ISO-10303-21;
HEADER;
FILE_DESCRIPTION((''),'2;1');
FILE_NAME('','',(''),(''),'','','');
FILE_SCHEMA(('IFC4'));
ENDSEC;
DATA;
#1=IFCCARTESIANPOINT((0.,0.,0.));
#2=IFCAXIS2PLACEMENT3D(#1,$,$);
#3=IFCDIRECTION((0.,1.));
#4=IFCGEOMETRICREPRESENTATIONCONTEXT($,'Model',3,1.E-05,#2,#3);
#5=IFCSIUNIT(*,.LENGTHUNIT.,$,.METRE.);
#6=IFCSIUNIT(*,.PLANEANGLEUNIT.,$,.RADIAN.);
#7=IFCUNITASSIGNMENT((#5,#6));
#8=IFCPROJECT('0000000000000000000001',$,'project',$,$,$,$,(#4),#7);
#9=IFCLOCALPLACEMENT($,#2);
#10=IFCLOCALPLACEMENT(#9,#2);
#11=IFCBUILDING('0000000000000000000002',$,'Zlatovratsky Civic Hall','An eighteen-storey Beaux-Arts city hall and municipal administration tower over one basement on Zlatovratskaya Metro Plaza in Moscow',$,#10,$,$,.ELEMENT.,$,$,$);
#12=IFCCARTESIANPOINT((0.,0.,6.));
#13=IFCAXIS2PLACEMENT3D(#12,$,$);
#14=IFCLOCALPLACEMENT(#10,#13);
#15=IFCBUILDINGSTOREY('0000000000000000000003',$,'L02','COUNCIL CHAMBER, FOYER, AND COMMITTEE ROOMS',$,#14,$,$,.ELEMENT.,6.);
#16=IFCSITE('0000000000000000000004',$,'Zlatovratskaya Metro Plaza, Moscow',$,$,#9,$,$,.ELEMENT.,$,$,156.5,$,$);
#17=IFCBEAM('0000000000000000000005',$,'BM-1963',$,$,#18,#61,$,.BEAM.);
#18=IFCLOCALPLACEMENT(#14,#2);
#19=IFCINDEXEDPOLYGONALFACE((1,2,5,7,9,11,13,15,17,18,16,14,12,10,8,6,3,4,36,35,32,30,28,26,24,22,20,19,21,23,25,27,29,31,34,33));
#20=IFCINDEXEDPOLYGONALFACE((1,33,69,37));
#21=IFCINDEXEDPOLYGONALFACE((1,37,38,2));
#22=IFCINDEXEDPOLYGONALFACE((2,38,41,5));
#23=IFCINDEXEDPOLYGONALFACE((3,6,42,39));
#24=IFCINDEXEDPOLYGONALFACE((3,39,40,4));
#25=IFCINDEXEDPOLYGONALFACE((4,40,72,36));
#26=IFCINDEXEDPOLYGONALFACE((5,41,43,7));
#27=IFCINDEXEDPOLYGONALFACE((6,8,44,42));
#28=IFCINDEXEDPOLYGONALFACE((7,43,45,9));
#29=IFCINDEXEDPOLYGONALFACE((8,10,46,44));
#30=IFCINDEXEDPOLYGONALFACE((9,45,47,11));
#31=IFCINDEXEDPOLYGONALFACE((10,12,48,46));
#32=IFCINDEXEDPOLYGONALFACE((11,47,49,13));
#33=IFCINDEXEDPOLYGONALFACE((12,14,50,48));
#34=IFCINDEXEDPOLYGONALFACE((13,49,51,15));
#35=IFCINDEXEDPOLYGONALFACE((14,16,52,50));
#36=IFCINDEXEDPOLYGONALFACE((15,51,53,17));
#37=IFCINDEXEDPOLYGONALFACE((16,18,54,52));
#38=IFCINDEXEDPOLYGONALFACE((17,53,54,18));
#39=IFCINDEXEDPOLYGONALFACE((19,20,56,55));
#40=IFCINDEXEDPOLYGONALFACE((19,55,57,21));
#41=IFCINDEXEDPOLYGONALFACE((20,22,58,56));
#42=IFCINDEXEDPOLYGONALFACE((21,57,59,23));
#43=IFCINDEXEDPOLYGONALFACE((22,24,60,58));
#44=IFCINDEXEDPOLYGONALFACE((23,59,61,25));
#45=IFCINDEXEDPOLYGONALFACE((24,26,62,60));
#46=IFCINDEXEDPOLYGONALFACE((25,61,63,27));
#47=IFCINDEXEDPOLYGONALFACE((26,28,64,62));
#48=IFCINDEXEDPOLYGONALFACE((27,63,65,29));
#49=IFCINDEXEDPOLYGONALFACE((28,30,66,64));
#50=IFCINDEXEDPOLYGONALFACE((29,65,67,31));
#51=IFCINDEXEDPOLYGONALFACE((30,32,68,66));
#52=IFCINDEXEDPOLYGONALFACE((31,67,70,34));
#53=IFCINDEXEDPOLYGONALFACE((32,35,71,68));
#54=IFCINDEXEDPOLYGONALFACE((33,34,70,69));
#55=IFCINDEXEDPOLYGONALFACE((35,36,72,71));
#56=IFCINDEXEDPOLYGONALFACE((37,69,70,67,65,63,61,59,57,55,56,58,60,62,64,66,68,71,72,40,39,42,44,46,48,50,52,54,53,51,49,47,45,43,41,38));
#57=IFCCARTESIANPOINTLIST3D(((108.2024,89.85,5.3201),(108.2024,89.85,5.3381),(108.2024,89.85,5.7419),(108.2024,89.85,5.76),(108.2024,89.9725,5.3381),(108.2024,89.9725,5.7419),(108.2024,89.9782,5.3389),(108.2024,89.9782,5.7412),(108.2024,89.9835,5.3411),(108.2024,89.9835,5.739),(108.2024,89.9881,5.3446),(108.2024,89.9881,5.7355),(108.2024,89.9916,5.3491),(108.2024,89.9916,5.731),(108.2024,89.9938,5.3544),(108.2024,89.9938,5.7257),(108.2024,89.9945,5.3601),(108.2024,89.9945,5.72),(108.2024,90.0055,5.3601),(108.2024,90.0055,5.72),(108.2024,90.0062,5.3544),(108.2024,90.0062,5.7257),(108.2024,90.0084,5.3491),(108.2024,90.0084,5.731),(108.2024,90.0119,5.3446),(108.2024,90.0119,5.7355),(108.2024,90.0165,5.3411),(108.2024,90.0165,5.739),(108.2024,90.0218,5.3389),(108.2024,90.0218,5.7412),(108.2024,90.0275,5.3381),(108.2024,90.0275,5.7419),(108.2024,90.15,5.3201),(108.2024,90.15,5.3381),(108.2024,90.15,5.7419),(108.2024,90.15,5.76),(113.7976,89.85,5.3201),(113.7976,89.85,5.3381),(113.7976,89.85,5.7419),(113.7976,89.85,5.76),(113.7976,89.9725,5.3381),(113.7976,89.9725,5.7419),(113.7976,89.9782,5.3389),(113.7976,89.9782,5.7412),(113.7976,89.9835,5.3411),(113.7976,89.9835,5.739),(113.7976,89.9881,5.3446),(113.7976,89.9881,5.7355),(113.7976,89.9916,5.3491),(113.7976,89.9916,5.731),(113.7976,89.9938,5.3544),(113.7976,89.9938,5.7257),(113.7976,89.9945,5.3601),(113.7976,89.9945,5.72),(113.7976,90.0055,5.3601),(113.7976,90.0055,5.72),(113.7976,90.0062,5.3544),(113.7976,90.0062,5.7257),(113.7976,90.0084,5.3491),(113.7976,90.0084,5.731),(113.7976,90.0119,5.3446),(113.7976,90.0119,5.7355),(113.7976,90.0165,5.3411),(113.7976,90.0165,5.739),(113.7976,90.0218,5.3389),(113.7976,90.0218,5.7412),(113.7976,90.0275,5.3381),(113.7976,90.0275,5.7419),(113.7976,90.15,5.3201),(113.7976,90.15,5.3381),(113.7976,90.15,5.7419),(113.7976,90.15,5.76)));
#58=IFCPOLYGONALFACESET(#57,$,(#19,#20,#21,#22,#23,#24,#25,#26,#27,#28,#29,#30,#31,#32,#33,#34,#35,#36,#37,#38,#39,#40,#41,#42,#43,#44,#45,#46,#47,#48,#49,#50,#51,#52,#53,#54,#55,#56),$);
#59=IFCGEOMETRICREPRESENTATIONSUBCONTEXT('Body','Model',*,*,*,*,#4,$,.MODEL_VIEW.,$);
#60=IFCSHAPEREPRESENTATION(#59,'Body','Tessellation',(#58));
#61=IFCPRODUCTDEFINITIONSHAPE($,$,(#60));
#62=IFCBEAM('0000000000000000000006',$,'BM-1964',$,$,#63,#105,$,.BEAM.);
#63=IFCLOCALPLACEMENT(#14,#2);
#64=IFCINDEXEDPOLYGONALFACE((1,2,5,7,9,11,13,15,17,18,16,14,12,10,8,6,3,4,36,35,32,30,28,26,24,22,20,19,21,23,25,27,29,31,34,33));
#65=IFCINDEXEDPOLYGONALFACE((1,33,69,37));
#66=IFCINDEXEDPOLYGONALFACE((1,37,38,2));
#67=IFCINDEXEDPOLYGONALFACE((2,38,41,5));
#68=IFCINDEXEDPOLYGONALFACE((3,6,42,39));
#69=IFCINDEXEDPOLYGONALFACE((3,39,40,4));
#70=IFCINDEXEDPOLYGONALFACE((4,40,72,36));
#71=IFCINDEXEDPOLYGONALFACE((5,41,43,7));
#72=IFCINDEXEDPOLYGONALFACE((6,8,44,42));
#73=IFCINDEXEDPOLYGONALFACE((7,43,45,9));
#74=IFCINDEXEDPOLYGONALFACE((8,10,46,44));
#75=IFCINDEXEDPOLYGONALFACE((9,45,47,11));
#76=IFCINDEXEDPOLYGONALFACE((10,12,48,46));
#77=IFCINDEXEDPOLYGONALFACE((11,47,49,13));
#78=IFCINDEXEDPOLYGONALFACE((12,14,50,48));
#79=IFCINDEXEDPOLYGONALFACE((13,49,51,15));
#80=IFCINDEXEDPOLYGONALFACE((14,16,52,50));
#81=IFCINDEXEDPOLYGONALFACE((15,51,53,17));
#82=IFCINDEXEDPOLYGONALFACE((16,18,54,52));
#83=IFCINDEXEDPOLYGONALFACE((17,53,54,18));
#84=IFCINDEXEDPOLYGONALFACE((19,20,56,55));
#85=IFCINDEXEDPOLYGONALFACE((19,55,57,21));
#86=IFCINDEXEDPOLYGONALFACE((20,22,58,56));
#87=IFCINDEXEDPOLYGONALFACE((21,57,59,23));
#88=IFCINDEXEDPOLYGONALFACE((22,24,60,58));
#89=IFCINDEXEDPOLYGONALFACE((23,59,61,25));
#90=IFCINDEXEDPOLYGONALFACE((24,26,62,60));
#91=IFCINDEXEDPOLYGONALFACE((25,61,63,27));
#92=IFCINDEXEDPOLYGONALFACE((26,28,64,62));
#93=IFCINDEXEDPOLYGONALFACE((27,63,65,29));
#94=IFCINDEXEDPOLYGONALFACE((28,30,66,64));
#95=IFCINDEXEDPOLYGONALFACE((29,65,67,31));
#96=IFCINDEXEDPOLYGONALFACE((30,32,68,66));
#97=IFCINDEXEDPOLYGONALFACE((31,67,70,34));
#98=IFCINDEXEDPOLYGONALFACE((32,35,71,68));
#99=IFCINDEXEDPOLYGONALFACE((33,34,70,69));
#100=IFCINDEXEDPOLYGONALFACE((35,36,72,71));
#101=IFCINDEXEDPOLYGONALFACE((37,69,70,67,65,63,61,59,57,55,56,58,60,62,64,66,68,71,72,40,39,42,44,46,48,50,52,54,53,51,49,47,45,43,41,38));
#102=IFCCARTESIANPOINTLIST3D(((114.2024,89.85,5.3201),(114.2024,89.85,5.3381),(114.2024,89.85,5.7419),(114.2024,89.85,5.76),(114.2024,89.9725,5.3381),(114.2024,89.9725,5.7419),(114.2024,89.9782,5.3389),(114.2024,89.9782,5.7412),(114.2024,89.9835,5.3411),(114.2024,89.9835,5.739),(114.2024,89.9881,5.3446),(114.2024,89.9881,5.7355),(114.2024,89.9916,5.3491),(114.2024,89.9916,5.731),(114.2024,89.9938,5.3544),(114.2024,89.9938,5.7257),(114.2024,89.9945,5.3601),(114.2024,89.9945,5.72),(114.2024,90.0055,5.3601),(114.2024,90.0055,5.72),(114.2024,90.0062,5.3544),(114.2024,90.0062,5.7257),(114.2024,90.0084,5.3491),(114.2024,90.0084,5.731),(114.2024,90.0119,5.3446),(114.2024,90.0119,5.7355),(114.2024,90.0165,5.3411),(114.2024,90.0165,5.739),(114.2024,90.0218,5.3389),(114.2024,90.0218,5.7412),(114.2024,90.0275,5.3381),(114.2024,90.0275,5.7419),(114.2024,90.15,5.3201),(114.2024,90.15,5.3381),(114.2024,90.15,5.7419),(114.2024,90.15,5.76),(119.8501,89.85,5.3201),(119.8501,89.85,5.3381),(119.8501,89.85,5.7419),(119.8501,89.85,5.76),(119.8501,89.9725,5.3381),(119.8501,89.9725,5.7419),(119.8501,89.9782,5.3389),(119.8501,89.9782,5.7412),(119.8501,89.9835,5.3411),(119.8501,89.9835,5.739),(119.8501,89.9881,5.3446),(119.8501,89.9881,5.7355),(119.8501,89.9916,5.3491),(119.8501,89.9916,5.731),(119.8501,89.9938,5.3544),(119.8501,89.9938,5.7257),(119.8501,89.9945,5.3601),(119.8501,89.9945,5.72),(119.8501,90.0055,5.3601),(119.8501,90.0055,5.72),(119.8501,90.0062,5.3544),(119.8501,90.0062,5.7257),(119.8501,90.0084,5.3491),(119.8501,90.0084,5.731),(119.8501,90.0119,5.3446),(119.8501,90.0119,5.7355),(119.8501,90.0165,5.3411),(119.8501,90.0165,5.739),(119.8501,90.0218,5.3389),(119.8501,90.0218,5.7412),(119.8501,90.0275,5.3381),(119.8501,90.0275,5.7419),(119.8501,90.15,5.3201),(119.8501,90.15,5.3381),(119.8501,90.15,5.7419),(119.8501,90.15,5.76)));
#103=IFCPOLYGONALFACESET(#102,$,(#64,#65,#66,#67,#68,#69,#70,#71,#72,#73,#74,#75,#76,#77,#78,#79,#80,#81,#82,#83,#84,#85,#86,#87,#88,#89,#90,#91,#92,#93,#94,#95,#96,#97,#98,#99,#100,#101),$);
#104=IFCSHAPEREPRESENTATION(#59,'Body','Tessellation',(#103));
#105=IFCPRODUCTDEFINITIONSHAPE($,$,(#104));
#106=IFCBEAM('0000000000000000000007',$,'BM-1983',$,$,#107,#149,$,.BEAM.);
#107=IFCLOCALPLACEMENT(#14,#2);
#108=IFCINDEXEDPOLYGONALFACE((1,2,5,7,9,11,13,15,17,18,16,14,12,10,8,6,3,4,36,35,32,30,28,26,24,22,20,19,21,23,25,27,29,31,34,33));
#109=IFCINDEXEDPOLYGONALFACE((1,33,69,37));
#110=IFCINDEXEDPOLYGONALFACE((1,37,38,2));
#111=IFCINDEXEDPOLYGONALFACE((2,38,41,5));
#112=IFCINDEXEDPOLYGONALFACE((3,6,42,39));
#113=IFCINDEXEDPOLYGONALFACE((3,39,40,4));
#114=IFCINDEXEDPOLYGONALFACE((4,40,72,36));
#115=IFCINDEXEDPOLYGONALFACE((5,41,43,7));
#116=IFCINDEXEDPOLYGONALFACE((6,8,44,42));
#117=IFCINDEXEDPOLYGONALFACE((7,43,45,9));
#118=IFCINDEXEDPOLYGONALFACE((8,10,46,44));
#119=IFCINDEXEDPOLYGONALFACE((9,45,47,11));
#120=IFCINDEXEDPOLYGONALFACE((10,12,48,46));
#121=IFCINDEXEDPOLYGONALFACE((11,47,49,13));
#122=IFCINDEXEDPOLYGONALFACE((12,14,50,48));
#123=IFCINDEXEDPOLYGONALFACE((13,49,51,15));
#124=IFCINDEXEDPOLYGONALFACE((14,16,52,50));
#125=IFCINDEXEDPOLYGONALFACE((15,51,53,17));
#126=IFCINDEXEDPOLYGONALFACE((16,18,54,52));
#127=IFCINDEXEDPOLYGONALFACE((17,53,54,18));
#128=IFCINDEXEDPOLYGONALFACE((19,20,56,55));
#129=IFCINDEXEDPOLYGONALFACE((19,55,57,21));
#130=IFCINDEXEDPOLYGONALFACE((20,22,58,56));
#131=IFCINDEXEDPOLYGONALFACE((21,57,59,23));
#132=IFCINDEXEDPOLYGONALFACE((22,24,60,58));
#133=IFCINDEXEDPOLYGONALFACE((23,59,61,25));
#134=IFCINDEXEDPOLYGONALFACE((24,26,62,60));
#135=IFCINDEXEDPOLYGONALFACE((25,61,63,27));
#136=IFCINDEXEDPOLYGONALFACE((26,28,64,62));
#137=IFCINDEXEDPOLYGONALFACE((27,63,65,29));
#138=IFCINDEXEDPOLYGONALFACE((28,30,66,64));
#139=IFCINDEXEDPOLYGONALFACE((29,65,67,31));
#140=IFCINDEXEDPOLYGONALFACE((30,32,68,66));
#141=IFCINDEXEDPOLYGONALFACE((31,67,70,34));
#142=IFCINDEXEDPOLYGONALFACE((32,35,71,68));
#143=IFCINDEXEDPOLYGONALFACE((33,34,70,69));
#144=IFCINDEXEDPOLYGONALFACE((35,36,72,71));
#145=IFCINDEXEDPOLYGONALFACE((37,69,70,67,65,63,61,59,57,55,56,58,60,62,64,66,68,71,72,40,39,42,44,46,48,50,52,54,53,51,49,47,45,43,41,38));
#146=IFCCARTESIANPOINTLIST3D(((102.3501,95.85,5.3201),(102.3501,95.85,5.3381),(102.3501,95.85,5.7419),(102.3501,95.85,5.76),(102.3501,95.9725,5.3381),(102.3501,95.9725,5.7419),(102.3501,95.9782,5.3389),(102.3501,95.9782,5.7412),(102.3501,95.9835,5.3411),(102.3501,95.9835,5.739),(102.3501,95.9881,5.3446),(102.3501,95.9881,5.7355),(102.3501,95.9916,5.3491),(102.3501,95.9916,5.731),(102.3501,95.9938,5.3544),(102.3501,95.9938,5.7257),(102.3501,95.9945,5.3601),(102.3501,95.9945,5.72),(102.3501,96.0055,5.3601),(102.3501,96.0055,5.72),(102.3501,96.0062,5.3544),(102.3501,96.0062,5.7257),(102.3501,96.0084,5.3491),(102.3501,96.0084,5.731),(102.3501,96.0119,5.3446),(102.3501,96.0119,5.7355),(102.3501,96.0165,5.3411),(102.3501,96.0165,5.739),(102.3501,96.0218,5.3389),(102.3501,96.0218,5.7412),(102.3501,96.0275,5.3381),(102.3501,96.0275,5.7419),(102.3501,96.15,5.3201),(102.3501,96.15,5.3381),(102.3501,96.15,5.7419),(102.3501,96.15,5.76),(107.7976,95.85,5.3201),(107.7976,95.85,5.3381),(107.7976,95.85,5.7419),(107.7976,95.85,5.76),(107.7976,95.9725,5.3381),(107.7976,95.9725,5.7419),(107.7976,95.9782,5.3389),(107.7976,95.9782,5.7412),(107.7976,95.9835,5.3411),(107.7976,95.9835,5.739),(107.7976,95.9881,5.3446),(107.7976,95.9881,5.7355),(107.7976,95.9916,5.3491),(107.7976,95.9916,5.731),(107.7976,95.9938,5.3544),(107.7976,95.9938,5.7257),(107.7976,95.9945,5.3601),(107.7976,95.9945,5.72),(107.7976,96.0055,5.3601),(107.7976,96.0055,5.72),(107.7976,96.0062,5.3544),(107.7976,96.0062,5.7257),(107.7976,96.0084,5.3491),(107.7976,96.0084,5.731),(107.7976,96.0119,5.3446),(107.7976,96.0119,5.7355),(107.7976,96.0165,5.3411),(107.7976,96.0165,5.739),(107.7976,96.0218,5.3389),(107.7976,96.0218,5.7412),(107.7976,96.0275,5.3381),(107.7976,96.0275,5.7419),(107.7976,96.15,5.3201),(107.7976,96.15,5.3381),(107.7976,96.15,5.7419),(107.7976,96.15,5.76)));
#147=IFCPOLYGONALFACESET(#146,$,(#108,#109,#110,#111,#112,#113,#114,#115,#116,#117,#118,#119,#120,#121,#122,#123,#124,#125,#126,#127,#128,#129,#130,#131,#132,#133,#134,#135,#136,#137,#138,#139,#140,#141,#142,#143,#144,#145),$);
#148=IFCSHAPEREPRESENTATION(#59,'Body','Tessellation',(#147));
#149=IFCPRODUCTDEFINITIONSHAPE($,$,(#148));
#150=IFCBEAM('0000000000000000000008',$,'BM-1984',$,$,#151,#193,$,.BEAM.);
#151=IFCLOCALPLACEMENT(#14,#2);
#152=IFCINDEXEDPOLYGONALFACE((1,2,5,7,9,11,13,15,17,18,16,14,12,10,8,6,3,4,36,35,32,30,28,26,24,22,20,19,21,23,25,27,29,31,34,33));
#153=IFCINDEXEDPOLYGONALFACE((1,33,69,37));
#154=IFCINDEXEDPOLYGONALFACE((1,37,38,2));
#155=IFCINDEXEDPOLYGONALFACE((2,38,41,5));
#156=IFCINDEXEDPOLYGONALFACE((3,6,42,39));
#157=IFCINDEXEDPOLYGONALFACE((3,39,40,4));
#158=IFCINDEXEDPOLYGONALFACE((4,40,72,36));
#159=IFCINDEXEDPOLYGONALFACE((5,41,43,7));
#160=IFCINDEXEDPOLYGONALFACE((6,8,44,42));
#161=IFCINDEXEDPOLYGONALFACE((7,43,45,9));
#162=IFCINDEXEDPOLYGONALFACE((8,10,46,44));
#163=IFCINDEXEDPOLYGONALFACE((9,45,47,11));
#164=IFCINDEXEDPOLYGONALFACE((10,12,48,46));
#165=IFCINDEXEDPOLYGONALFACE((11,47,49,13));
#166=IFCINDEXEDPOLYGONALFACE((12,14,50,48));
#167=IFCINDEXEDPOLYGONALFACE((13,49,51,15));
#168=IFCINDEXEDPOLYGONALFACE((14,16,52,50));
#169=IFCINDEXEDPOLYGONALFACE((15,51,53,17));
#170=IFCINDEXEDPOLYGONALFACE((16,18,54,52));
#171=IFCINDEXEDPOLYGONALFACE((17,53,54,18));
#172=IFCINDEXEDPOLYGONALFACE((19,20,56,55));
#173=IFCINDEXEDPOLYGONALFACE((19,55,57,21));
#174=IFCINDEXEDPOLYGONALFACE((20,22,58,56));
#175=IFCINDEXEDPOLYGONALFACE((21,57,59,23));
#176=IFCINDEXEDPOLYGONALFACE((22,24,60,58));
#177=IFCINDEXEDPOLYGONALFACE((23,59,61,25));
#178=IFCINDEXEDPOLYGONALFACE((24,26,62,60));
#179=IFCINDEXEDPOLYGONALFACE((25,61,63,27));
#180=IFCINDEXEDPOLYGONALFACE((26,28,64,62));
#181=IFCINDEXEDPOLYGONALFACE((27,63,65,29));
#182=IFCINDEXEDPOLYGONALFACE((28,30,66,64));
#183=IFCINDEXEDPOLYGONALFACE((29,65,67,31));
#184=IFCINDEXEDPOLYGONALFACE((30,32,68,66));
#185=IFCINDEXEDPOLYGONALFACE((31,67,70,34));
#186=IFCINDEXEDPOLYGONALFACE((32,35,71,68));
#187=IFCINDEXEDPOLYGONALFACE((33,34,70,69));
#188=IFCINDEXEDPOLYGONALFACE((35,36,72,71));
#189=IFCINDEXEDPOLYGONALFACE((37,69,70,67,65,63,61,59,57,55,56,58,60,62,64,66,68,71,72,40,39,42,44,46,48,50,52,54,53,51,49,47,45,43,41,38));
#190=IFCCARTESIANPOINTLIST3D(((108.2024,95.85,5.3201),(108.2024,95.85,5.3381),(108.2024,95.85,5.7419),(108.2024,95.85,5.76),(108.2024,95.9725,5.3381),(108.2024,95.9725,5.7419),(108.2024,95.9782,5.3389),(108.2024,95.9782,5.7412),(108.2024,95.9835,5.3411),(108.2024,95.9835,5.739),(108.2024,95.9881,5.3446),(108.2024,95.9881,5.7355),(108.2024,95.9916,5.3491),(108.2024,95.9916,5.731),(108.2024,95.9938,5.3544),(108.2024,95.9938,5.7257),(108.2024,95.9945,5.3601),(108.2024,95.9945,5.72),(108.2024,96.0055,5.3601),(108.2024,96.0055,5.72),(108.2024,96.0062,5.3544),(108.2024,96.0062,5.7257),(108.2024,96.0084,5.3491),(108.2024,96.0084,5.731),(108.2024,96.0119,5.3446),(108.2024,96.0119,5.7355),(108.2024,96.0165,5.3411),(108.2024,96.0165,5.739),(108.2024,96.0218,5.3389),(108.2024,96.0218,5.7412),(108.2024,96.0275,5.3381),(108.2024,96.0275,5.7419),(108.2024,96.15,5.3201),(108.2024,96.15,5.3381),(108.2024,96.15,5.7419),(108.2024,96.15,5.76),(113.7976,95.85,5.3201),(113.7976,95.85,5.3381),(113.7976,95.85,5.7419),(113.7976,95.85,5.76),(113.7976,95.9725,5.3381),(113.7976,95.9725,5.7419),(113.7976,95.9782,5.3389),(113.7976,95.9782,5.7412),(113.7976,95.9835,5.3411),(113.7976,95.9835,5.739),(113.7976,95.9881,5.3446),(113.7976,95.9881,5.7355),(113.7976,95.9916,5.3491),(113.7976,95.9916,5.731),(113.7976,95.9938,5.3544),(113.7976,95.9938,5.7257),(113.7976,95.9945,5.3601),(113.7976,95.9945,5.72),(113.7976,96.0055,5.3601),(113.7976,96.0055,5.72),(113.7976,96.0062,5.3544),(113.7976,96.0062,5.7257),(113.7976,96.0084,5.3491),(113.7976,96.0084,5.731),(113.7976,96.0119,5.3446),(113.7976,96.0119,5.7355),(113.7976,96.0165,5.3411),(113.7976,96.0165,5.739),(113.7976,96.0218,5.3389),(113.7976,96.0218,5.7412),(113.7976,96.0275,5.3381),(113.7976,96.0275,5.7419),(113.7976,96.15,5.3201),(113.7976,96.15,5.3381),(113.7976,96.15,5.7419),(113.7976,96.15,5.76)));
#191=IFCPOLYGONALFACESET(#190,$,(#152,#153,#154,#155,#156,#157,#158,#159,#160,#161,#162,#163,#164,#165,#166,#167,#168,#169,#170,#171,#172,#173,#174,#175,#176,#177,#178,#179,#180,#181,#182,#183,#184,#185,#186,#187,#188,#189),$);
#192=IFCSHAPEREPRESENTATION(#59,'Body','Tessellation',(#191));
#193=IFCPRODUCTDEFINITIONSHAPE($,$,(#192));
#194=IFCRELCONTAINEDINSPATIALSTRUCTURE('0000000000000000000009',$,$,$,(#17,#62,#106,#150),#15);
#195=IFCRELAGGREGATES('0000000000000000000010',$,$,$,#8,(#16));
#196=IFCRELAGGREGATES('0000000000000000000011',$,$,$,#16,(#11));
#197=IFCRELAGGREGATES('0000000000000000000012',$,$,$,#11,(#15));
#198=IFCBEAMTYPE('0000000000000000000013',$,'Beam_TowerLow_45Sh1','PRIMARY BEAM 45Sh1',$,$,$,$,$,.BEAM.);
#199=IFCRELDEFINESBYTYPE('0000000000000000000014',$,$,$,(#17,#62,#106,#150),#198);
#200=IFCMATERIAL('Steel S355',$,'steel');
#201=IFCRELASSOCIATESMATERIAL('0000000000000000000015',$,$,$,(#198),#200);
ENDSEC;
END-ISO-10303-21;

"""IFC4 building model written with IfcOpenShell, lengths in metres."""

from ifc_helpers import new_model, si_unit, direction, frame, origin, origin_2d, place, context, subcontext, project, spatial, i_section, extrude, material, material_profile, profile_set, type_object, element, save


model = new_model("IFC4")

# Units and contexts
model_context = context("Model", 3, precision=1e-05, world=origin(), true_north=direction((0.0, 1.0)))
body_context = subcontext(model_context, "Body", "Model", "MODEL_VIEW")
ifc_project = project(units=[si_unit("LENGTHUNIT", "METRE"), si_unit("PLANEANGLEUNIT", "RADIAN")], contexts=[model_context])

# Site, building, storey
site_placement = place(None, origin())
site = spatial("IfcSite", under=ifc_project, at=site_placement, Name="Zlatovratskaya Metro Plaza, Moscow", CompositionType="ELEMENT", RefElevation=156.5)
building_placement = place(site_placement, origin())
building = spatial("IfcBuilding", under=site, at=building_placement, Name="Zlatovratsky Civic Hall", Description="An eighteen-storey Beaux-Arts city hall and municipal administration tower over one basement on Zlatovratskaya Metro Plaza in Moscow", CompositionType="ELEMENT")
storey_placement = place(building_placement, frame((0.0, 0.0, 6.0)))
storey = spatial("IfcBuildingStorey", under=building, at=storey_placement, Name="L02", Description="COUNCIL CHAMBER, FOYER, AND COMMITTEE ROOMS", CompositionType="ELEMENT", Elevation=6.0)

# Shared definitions
ifc_material_1 = material(Name="Steel S355", Category="steel")

# Beams
ifc_material_profile_1 = material_profile(ifc_material_1, i_section(OverallWidth=0.3, OverallDepth=0.4399, WebThickness=0.011, FlangeThickness=0.0181, FilletRadius=0.022, at=origin_2d()), Name="45Sh1")
ifc_profile_set_1 = profile_set([ifc_material_profile_1], Name="Steel S355")
beam_type_1 = type_object("IfcBeamType", Name="Beam_TowerLow_45Sh1", Description="PRIMARY BEAM 45Sh1", PredefinedType="BEAM", material=ifc_profile_set_1)
beam_1_placement = place(storey_placement, frame((108.2024, 90.0, 5.54), z_axis=(1.0, 0.0, 0.0), x_axis=(0.0, 1.0, 0.0)))
element("IfcBeam", 1, at=beam_1_placement, inside=storey, type_object=beam_type_1, Name="BM-1963", PredefinedType="BEAM", context=body_context, shape_type="SweptSolid", body=[
    extrude(i_section(OverallWidth=0.3, OverallDepth=0.4399, WebThickness=0.011, FlangeThickness=0.0181, FilletRadius=0.022, at=origin_2d()), origin(), (0.0, 0.0, 1.0), 5.5952),
])
beam_2_placement = place(storey_placement, frame((114.2024, 90.0, 5.54), z_axis=(1.0, 0.0, 0.0), x_axis=(0.0, 1.0, 0.0)))
element("IfcBeam", 2, at=beam_2_placement, inside=storey, type_object=beam_type_1, Name="BM-1964", PredefinedType="BEAM", context=body_context, shape_type="SweptSolid", body=[
    extrude(i_section(OverallWidth=0.3, OverallDepth=0.4399, WebThickness=0.011, FlangeThickness=0.0181, FilletRadius=0.022, at=origin_2d()), origin(), (0.0, 0.0, 1.0), 5.6477),
])
beam_3_placement = place(storey_placement, frame((102.3501, 96.0, 5.54), z_axis=(1.0, 0.0, 0.0), x_axis=(0.0, 1.0, 0.0)))
element("IfcBeam", 3, at=beam_3_placement, inside=storey, type_object=beam_type_1, Name="BM-1983", PredefinedType="BEAM", context=body_context, shape_type="SweptSolid", body=[
    extrude(i_section(OverallWidth=0.3, OverallDepth=0.4399, WebThickness=0.011, FlangeThickness=0.0181, FilletRadius=0.022, at=origin_2d()), origin(), (0.0, 0.0, 1.0), 5.4475),
])
beam_4_placement = place(storey_placement, frame((108.2024, 96.0, 5.54), z_axis=(1.0, 0.0, 0.0), x_axis=(0.0, 1.0, 0.0)))
element("IfcBeam", 4, at=beam_4_placement, inside=storey, type_object=beam_type_1, Name="BM-1984", PredefinedType="BEAM", context=body_context, shape_type="SweptSolid", body=[
    extrude(i_section(OverallWidth=0.3, OverallDepth=0.4399, WebThickness=0.011, FlangeThickness=0.0181, FilletRadius=0.022, at=origin_2d()), origin(), (0.0, 0.0, 1.0), 5.5952),
])

save(model, "model.ifc")
